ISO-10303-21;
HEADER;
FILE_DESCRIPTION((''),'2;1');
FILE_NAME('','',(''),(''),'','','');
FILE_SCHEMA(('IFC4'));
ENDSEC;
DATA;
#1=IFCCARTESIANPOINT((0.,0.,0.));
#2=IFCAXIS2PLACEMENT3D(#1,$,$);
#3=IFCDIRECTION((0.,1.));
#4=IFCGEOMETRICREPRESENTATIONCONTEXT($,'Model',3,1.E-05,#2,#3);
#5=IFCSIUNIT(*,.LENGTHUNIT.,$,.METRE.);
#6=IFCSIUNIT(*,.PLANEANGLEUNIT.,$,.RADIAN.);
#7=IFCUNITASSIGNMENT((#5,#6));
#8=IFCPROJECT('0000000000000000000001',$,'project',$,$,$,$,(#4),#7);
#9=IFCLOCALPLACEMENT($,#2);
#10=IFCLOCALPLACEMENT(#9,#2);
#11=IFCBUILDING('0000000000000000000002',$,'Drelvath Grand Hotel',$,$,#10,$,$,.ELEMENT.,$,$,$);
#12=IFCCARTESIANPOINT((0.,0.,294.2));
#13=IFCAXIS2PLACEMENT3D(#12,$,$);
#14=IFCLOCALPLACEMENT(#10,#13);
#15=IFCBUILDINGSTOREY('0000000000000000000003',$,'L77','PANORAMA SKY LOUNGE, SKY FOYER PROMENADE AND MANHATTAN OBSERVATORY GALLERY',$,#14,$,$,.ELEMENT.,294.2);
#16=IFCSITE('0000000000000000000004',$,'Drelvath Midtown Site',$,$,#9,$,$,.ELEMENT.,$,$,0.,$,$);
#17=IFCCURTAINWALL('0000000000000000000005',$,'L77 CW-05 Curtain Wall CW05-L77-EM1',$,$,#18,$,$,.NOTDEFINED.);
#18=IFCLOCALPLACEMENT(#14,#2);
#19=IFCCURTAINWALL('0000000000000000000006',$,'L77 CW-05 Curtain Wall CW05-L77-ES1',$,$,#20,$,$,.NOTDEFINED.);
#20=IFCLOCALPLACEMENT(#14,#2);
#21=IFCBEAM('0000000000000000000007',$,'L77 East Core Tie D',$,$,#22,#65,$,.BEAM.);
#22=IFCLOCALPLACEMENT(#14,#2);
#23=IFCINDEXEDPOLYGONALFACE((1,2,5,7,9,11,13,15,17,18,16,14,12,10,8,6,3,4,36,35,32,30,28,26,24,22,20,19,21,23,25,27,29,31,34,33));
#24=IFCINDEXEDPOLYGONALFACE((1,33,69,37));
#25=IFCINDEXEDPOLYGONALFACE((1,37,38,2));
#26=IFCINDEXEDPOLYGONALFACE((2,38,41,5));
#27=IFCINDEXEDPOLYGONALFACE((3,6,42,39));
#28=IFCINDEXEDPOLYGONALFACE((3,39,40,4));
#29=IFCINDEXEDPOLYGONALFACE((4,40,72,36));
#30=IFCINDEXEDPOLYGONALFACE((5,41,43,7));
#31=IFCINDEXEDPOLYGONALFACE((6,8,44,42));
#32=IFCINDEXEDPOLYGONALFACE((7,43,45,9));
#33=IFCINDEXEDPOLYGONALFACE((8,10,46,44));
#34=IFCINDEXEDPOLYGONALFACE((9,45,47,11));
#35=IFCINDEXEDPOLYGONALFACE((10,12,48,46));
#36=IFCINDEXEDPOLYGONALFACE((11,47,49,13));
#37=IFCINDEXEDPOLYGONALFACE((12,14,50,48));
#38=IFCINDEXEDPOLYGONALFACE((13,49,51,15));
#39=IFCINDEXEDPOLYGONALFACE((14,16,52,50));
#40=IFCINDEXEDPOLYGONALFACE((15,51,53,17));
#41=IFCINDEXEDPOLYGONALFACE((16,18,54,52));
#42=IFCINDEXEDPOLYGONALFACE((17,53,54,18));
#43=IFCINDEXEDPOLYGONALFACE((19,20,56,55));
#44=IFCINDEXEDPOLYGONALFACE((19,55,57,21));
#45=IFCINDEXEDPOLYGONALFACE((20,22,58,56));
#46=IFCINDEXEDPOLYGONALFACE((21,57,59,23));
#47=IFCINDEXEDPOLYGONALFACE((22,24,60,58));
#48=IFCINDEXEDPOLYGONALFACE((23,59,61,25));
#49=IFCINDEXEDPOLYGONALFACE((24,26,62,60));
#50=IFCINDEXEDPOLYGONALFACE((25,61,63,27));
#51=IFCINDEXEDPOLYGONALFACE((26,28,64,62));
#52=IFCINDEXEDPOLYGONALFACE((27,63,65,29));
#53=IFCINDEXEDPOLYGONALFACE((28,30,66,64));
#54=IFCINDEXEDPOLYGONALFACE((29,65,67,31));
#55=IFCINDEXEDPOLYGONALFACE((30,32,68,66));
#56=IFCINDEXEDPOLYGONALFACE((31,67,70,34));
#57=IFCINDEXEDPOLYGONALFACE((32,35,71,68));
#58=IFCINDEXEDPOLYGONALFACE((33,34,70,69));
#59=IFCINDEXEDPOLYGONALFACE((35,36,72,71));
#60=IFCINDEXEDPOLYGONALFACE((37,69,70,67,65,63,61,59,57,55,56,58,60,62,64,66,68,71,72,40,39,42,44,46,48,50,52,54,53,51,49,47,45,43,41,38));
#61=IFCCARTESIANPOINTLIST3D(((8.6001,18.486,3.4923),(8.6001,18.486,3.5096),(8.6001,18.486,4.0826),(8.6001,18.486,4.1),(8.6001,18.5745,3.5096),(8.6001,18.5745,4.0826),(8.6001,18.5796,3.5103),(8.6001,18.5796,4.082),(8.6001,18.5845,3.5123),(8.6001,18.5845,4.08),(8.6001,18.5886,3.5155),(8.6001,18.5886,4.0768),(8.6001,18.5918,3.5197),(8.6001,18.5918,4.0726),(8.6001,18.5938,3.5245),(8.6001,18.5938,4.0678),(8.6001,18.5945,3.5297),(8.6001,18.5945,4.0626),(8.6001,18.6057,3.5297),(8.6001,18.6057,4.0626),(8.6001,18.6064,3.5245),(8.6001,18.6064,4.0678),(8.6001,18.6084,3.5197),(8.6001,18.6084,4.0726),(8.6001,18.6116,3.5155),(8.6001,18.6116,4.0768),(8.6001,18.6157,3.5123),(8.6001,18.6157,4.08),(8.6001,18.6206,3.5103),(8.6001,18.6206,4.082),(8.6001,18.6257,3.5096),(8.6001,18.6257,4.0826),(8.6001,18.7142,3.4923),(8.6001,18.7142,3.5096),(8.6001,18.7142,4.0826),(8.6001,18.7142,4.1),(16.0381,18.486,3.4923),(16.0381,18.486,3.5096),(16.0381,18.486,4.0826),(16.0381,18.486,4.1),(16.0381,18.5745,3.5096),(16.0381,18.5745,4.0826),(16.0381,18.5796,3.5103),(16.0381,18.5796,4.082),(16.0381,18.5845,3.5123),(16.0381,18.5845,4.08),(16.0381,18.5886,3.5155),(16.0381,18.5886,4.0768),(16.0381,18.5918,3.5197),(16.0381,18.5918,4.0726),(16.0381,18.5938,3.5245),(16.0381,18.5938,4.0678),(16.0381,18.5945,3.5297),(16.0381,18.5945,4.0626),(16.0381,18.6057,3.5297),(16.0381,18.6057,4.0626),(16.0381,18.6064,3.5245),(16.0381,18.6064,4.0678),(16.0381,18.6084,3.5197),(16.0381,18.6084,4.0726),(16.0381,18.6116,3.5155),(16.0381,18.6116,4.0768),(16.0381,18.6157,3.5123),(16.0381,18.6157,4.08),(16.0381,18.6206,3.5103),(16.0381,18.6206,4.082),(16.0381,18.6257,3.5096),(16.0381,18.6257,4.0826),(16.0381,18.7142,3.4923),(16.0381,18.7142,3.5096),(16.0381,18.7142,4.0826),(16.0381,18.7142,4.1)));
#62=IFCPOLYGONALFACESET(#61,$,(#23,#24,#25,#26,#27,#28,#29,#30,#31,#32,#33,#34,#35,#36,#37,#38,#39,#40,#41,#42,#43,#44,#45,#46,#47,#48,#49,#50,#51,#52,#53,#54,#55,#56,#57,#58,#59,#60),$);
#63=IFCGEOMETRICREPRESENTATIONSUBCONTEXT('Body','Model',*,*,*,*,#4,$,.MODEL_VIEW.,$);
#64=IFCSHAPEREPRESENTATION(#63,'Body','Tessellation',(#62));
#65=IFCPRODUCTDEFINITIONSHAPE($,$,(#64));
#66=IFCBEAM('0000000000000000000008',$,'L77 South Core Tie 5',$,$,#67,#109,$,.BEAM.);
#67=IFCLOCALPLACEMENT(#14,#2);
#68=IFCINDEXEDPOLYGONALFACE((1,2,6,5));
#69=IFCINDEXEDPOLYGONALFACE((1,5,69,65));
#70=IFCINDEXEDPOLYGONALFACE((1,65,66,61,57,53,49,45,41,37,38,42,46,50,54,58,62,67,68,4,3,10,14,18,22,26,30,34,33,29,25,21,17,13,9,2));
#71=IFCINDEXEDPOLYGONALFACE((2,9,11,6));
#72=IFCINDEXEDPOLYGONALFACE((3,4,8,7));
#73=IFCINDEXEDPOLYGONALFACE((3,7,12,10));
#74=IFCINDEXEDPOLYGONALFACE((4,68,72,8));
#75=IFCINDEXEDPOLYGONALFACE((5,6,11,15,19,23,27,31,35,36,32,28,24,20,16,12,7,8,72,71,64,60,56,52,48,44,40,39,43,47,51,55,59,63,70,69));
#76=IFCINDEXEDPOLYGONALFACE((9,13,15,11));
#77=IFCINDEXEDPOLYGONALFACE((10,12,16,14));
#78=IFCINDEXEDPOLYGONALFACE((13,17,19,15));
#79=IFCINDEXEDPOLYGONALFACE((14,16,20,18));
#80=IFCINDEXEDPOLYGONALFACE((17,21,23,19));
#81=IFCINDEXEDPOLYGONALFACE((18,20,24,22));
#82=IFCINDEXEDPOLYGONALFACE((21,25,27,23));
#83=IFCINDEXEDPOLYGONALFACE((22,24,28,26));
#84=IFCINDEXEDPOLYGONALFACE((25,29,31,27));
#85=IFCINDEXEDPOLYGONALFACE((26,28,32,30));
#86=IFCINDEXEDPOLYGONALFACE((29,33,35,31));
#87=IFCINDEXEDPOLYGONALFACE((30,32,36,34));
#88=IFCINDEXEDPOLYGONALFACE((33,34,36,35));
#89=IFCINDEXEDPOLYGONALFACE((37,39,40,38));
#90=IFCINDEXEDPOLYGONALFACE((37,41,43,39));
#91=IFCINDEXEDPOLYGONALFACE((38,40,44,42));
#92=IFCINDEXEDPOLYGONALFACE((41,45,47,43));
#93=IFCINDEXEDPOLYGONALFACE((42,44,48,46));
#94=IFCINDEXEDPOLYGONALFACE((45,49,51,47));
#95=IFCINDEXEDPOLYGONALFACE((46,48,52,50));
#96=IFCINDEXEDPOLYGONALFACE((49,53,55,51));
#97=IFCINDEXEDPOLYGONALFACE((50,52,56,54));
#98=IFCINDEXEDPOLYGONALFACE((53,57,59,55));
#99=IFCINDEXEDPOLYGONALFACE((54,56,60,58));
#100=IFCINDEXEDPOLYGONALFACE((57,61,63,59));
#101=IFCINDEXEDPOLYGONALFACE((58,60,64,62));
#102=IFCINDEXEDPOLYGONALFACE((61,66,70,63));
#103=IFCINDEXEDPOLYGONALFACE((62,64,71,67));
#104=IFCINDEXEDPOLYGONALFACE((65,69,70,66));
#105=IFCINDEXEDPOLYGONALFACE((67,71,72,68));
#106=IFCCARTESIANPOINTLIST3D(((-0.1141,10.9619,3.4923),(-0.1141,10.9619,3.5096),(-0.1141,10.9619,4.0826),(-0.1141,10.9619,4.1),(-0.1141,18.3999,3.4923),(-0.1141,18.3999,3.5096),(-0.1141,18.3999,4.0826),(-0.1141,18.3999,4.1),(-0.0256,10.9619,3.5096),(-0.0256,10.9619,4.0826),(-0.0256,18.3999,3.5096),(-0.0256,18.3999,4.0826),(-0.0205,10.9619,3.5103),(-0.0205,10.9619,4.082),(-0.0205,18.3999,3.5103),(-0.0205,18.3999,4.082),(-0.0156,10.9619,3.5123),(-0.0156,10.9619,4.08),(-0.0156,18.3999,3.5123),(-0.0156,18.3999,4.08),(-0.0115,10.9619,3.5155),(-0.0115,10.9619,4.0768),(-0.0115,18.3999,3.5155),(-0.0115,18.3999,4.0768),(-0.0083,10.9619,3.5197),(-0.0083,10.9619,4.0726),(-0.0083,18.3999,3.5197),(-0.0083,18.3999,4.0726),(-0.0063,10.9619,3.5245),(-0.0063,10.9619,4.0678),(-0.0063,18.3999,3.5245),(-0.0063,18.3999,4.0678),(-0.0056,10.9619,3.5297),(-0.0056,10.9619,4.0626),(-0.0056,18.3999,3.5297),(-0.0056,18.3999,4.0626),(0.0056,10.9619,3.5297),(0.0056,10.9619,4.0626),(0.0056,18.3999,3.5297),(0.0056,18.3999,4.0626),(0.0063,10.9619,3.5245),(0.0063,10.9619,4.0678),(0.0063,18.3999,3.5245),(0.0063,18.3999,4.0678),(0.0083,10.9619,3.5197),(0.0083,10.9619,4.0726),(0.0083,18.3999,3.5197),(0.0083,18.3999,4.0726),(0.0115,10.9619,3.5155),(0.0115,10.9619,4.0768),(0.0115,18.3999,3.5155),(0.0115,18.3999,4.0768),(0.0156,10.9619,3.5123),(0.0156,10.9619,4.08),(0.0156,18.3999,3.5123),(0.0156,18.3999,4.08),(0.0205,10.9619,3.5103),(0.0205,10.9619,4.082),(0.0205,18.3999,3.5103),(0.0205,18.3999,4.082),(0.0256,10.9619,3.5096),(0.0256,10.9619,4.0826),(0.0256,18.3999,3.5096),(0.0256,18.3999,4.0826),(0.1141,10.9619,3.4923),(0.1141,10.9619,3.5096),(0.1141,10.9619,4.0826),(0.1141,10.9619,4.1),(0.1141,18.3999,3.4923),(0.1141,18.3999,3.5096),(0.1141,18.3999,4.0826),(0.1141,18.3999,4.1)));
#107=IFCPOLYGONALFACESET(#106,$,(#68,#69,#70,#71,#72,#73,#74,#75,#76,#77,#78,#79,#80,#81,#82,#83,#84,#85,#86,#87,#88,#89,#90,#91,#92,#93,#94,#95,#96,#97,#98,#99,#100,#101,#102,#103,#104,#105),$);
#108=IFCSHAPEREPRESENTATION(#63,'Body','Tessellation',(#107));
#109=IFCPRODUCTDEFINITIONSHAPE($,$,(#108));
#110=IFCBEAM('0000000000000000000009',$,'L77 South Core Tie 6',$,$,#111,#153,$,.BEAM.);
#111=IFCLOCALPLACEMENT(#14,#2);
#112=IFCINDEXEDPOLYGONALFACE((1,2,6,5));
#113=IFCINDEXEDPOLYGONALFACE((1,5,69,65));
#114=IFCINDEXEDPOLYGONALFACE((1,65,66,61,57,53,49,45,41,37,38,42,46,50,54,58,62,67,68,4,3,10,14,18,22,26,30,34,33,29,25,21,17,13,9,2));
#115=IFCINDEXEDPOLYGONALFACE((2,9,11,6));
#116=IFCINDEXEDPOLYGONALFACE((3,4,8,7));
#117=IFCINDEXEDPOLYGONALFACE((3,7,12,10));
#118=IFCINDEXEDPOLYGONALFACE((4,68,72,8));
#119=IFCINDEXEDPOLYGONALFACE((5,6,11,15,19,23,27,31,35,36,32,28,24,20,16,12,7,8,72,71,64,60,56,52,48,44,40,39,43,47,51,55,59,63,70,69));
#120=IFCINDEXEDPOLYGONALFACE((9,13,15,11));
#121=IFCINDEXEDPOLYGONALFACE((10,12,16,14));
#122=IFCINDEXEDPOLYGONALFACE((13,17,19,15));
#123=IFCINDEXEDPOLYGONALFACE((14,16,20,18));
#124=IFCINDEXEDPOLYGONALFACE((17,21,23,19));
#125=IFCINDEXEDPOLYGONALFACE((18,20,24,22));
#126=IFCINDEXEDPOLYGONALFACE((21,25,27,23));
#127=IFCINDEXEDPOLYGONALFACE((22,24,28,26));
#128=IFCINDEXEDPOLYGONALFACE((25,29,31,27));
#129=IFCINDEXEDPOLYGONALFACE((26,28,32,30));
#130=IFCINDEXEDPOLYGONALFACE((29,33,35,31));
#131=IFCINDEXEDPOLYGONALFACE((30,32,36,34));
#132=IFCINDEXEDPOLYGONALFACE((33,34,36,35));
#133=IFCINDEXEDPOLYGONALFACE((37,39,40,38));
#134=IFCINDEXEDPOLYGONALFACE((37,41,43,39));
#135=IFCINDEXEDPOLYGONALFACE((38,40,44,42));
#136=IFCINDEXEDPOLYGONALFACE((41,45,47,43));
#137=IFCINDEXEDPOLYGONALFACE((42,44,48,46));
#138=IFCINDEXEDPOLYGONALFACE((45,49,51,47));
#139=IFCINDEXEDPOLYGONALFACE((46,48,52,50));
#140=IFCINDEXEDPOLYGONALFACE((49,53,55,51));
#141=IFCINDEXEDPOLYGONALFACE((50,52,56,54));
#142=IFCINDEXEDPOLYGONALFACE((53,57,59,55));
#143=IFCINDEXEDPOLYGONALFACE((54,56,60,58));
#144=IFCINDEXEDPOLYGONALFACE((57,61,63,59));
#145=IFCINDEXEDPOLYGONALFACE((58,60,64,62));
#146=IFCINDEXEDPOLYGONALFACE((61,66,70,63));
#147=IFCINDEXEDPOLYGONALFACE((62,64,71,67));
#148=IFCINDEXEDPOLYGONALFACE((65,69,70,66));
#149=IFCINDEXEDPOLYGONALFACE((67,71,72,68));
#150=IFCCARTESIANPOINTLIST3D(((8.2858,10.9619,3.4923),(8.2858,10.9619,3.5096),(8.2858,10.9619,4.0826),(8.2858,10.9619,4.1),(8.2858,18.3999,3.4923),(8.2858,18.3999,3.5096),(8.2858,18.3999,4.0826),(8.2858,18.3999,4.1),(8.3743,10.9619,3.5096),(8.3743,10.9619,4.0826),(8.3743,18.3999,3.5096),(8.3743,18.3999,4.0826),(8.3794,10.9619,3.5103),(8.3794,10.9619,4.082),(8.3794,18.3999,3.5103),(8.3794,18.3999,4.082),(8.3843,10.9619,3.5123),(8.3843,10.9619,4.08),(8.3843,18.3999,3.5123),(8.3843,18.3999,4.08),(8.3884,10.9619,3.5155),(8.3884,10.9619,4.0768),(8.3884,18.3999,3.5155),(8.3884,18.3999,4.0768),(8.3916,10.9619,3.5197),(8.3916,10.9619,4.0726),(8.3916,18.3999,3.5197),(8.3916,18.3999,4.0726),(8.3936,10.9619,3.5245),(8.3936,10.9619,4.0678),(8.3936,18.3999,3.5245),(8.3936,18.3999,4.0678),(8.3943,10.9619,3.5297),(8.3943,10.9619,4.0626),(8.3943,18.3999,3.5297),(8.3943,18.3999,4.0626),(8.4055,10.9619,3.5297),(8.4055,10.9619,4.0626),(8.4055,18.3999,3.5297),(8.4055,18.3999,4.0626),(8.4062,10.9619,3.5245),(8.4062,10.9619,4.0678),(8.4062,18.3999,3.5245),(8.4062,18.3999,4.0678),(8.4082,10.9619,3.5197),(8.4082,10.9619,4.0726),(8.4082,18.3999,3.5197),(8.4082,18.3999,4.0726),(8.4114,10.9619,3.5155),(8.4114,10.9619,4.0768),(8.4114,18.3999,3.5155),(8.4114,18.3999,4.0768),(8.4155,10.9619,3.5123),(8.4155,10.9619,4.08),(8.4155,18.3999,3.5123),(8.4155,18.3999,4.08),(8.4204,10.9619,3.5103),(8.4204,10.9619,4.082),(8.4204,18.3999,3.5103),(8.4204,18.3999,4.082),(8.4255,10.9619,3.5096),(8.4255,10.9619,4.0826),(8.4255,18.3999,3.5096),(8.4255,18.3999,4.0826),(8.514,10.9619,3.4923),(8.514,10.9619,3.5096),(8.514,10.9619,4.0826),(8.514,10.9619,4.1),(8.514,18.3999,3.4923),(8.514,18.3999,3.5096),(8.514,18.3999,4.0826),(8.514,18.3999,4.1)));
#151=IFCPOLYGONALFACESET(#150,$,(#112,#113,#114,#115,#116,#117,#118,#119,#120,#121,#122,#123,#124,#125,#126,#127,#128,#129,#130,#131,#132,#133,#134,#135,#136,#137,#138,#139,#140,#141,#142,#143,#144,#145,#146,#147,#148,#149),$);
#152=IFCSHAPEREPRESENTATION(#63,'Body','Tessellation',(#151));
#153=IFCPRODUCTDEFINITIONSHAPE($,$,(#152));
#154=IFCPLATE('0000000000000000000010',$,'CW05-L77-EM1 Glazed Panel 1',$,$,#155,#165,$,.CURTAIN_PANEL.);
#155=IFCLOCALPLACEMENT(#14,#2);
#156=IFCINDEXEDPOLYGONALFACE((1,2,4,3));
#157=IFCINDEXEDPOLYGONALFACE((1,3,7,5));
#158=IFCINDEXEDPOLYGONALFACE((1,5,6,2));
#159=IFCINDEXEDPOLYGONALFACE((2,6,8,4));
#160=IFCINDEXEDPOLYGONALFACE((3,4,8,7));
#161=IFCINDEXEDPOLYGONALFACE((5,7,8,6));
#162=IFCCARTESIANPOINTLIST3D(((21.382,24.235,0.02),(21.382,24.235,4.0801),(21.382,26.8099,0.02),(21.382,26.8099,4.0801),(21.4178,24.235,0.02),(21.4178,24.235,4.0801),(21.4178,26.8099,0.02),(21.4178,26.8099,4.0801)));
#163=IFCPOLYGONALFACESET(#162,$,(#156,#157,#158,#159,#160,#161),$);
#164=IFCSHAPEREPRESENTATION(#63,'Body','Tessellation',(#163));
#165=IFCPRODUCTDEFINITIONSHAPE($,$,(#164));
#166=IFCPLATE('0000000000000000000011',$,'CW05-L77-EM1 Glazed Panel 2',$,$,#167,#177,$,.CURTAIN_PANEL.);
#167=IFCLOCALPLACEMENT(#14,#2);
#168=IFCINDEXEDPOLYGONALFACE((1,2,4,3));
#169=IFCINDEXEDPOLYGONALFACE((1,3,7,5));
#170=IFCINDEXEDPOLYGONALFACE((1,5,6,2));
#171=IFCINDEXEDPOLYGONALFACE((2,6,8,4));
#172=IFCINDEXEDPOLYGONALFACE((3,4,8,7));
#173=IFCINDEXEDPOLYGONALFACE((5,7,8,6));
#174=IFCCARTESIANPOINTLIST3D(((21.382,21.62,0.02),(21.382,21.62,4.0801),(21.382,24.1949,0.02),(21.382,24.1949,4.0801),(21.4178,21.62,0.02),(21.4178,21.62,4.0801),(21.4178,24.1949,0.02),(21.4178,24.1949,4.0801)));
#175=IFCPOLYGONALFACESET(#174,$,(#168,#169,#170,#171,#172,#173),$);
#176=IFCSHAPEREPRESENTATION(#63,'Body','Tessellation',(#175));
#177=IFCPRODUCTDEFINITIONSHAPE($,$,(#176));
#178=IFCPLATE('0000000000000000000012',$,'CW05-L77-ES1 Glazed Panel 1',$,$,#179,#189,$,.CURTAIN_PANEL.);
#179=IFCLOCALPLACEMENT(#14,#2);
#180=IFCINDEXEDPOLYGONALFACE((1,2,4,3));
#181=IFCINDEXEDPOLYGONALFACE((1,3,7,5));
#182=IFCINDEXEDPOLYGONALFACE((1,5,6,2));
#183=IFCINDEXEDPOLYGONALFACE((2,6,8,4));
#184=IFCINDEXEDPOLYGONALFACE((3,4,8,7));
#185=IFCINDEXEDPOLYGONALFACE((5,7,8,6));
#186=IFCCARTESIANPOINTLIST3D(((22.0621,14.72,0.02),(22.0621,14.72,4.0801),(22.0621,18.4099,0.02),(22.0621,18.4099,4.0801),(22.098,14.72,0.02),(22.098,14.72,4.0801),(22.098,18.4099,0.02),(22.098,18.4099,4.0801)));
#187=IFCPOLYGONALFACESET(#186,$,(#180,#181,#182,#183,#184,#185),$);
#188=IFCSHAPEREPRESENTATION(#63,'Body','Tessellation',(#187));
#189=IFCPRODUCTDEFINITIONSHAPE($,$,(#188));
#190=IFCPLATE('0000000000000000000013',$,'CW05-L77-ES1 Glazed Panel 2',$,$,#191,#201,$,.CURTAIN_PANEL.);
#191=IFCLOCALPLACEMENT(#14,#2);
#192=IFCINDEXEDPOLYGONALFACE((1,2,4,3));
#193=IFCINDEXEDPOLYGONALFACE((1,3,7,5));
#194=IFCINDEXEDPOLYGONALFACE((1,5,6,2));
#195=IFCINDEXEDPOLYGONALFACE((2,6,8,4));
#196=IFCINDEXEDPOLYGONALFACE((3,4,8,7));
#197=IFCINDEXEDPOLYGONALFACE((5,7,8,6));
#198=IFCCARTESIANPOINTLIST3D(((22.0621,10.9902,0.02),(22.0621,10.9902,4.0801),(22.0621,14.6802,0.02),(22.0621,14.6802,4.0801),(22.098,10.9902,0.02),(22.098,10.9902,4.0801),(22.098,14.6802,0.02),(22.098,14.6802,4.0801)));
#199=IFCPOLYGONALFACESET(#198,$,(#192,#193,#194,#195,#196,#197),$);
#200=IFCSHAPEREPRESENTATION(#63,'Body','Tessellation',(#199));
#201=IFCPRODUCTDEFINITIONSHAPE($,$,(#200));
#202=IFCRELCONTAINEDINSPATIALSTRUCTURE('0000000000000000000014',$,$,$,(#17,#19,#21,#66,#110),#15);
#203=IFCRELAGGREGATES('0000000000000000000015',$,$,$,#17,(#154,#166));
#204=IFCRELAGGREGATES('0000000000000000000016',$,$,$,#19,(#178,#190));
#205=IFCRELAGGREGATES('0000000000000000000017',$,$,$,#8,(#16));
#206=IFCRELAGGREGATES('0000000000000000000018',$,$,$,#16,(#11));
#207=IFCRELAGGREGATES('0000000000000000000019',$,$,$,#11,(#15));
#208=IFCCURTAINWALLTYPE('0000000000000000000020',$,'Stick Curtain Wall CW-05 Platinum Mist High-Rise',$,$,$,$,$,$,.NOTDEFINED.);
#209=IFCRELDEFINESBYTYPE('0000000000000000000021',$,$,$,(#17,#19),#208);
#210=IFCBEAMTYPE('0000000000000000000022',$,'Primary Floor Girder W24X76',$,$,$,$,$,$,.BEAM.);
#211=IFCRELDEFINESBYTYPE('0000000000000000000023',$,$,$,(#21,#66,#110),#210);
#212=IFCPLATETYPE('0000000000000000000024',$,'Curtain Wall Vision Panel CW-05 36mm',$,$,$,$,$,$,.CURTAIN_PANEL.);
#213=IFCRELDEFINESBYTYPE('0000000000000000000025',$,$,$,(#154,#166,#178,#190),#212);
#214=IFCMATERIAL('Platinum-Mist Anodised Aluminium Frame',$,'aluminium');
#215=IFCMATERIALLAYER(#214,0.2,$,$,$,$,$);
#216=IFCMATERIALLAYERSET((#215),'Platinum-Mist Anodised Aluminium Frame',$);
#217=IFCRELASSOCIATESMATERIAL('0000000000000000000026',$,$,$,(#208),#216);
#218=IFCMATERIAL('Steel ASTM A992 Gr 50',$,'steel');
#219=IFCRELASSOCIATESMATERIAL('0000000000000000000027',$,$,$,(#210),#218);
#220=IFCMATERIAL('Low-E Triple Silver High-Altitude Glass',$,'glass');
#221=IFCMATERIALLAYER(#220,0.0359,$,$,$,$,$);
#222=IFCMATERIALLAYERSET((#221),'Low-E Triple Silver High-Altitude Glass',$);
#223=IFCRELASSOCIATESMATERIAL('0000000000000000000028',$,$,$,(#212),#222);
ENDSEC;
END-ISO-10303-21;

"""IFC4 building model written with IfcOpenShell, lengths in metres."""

from ifc_helpers import new_model, si_unit, direction, frame, origin, origin_2d, place, context, subcontext, project, spatial, rectangle, i_section, extrude, material, layer, layer_set, material_profile, profile_set, type_object, element, aggregate, save


model = new_model("IFC4")

# Units and contexts
model_context = context("Model", 3, precision=1e-05, world=origin(), true_north=direction((0.0, 1.0)))
body_context = subcontext(model_context, "Body", "Model", "MODEL_VIEW")
ifc_project = project(units=[si_unit("LENGTHUNIT", "METRE"), si_unit("PLANEANGLEUNIT", "RADIAN")], contexts=[model_context])

# Site, building, storey
site_placement = place(None, origin())
site = spatial("IfcSite", under=ifc_project, at=site_placement, Name="Drelvath Midtown Site", CompositionType="ELEMENT", RefElevation=0.0)
building_placement = place(site_placement, origin())
building = spatial("IfcBuilding", under=site, at=building_placement, Name="Drelvath Grand Hotel", CompositionType="ELEMENT")
storey_placement = place(building_placement, frame((0.0, 0.0, 294.2)))
storey = spatial("IfcBuildingStorey", under=building, at=storey_placement, Name="L77", Description="PANORAMA SKY LOUNGE, SKY FOYER PROMENADE AND MANHATTAN OBSERVATORY GALLERY", CompositionType="ELEMENT", Elevation=294.2)

# Curtain walls
ifc_material_1 = material(Name="Platinum-Mist Anodised Aluminium Frame", Category="aluminium")
ifc_layer_1 = layer(ifc_material_1, 0.2)
ifc_layer_set_1 = layer_set([ifc_layer_1], Name="Platinum-Mist Anodised Aluminium Frame")
curtain_wall_type = type_object("IfcCurtainWallType", Name="Stick Curtain Wall CW-05 Platinum Mist High-Rise", PredefinedType="NOTDEFINED", material=ifc_layer_set_1)
curtain_wall_1_placement = place(storey_placement, origin())
curtain_wall_1 = element("IfcCurtainWall", 1, at=curtain_wall_1_placement, inside=storey, type_object=curtain_wall_type, Name="L77 CW-05 Curtain Wall CW05-L77-EM1", PredefinedType="NOTDEFINED")
curtain_wall_2_placement = place(storey_placement, origin())
curtain_wall_2 = element("IfcCurtainWall", 2, at=curtain_wall_2_placement, inside=storey, type_object=curtain_wall_type, Name="L77 CW-05 Curtain Wall CW05-L77-ES1", PredefinedType="NOTDEFINED")

# Beams
ifc_material_2 = material(Name="Steel ASTM A992 Gr 50", Category="steel")
ifc_material_profile_1 = material_profile(ifc_material_2, i_section(OverallWidth=0.2283, OverallDepth=0.6077, WebThickness=0.0112, FlangeThickness=0.0173, FilletRadius=0.02, at=origin_2d()), Name="W24X76")
ifc_profile_set_1 = profile_set([ifc_material_profile_1], Name="Steel ASTM A992 Gr 50")
beam_type_1 = type_object("IfcBeamType", Name="Primary Floor Girder W24X76", PredefinedType="BEAM", material=ifc_profile_set_1)
for number, where, z_axis, x_axis, name in (
    (3, (8.6001, 18.6001, 3.7961), (1.0, 0.0, 0.0), (0.0, 1.0, 0.0), "L77 East Core Tie D"),
    (4, (0.0, 10.9619, 3.7961), (0.0, 1.0, 0.0), (-1.0, 0.0, 0.0), "L77 South Core Tie 5"),
    (5, (8.3999, 10.9619, 3.7961), (0.0, 1.0, 0.0), (-1.0, 0.0, 0.0), "L77 South Core Tie 6"),
):
    element("IfcBeam", number, at=place(storey_placement, frame(where, z_axis=z_axis, x_axis=x_axis)), inside=storey, type_object=beam_type_1, Name=name, PredefinedType="BEAM", context=body_context, shape_type="SweptSolid", body=[
        extrude(i_section(OverallWidth=0.2283, OverallDepth=0.6077, WebThickness=0.0112, FlangeThickness=0.0173, FilletRadius=0.02, at=origin_2d()), origin(), (0.0, 0.0, 1.0), 7.438),
    ])

# Plates
ifc_material_3 = material(Name="Low-E Triple Silver High-Altitude Glass", Category="glass")
ifc_layer_2 = layer(ifc_material_3, 0.0359)
ifc_layer_set_2 = layer_set([ifc_layer_2], Name="Low-E Triple Silver High-Altitude Glass")
plate_type = type_object("IfcPlateType", Name="Curtain Wall Vision Panel CW-05 36mm", PredefinedType="CURTAIN_PANEL", material=ifc_layer_set_2)
plate_1_placement = place(storey_placement, frame((21.3999, 25.5225, 0.02), z_axis=(0.0, 0.0, 1.0), x_axis=(0.0, -1.0, 0.0)))
plate_1 = element("IfcPlate", 6, at=plate_1_placement, type_object=plate_type, Name="CW05-L77-EM1 Glazed Panel 1", PredefinedType="CURTAIN_PANEL", context=body_context, shape_type="SweptSolid", body=[
    extrude(rectangle(XDim=2.575, YDim=0.0359, at=origin_2d()), origin(), (0.0, 0.0, 1.0), 4.0601),
])
plate_2_placement = place(storey_placement, frame((21.3999, 22.9075, 0.02), z_axis=(0.0, 0.0, 1.0), x_axis=(0.0, -1.0, 0.0)))
plate_2 = element("IfcPlate", 7, at=plate_2_placement, type_object=plate_type, Name="CW05-L77-EM1 Glazed Panel 2", PredefinedType="CURTAIN_PANEL", context=body_context, shape_type="SweptSolid", body=[
    extrude(rectangle(XDim=2.575, YDim=0.0359, at=origin_2d()), origin(), (0.0, 0.0, 1.0), 4.0601),
])
aggregate(curtain_wall_1, [plate_1, plate_2])
plate_3_placement = place(storey_placement, frame((22.0801, 16.5649, 0.02), z_axis=(0.0, 0.0, 1.0), x_axis=(0.0, -1.0, 0.0)))
plate_3 = element("IfcPlate", 8, at=plate_3_placement, type_object=plate_type, Name="CW05-L77-ES1 Glazed Panel 1", PredefinedType="CURTAIN_PANEL", context=body_context, shape_type="SweptSolid", body=[
    extrude(rectangle(XDim=3.6899, YDim=0.0359, at=origin_2d()), origin(), (0.0, 0.0, 1.0), 4.0601),
])
plate_4_placement = place(storey_placement, frame((22.0801, 12.8352, 0.02), z_axis=(0.0, 0.0, 1.0), x_axis=(0.0, -1.0, 0.0)))
plate_4 = element("IfcPlate", 9, at=plate_4_placement, type_object=plate_type, Name="CW05-L77-ES1 Glazed Panel 2", PredefinedType="CURTAIN_PANEL", context=body_context, shape_type="SweptSolid", body=[
    extrude(rectangle(XDim=3.6899, YDim=0.0359, at=origin_2d()), origin(), (0.0, 0.0, 1.0), 4.0601),
])
aggregate(curtain_wall_2, [plate_3, plate_4])

save(model, "model.ifc")
